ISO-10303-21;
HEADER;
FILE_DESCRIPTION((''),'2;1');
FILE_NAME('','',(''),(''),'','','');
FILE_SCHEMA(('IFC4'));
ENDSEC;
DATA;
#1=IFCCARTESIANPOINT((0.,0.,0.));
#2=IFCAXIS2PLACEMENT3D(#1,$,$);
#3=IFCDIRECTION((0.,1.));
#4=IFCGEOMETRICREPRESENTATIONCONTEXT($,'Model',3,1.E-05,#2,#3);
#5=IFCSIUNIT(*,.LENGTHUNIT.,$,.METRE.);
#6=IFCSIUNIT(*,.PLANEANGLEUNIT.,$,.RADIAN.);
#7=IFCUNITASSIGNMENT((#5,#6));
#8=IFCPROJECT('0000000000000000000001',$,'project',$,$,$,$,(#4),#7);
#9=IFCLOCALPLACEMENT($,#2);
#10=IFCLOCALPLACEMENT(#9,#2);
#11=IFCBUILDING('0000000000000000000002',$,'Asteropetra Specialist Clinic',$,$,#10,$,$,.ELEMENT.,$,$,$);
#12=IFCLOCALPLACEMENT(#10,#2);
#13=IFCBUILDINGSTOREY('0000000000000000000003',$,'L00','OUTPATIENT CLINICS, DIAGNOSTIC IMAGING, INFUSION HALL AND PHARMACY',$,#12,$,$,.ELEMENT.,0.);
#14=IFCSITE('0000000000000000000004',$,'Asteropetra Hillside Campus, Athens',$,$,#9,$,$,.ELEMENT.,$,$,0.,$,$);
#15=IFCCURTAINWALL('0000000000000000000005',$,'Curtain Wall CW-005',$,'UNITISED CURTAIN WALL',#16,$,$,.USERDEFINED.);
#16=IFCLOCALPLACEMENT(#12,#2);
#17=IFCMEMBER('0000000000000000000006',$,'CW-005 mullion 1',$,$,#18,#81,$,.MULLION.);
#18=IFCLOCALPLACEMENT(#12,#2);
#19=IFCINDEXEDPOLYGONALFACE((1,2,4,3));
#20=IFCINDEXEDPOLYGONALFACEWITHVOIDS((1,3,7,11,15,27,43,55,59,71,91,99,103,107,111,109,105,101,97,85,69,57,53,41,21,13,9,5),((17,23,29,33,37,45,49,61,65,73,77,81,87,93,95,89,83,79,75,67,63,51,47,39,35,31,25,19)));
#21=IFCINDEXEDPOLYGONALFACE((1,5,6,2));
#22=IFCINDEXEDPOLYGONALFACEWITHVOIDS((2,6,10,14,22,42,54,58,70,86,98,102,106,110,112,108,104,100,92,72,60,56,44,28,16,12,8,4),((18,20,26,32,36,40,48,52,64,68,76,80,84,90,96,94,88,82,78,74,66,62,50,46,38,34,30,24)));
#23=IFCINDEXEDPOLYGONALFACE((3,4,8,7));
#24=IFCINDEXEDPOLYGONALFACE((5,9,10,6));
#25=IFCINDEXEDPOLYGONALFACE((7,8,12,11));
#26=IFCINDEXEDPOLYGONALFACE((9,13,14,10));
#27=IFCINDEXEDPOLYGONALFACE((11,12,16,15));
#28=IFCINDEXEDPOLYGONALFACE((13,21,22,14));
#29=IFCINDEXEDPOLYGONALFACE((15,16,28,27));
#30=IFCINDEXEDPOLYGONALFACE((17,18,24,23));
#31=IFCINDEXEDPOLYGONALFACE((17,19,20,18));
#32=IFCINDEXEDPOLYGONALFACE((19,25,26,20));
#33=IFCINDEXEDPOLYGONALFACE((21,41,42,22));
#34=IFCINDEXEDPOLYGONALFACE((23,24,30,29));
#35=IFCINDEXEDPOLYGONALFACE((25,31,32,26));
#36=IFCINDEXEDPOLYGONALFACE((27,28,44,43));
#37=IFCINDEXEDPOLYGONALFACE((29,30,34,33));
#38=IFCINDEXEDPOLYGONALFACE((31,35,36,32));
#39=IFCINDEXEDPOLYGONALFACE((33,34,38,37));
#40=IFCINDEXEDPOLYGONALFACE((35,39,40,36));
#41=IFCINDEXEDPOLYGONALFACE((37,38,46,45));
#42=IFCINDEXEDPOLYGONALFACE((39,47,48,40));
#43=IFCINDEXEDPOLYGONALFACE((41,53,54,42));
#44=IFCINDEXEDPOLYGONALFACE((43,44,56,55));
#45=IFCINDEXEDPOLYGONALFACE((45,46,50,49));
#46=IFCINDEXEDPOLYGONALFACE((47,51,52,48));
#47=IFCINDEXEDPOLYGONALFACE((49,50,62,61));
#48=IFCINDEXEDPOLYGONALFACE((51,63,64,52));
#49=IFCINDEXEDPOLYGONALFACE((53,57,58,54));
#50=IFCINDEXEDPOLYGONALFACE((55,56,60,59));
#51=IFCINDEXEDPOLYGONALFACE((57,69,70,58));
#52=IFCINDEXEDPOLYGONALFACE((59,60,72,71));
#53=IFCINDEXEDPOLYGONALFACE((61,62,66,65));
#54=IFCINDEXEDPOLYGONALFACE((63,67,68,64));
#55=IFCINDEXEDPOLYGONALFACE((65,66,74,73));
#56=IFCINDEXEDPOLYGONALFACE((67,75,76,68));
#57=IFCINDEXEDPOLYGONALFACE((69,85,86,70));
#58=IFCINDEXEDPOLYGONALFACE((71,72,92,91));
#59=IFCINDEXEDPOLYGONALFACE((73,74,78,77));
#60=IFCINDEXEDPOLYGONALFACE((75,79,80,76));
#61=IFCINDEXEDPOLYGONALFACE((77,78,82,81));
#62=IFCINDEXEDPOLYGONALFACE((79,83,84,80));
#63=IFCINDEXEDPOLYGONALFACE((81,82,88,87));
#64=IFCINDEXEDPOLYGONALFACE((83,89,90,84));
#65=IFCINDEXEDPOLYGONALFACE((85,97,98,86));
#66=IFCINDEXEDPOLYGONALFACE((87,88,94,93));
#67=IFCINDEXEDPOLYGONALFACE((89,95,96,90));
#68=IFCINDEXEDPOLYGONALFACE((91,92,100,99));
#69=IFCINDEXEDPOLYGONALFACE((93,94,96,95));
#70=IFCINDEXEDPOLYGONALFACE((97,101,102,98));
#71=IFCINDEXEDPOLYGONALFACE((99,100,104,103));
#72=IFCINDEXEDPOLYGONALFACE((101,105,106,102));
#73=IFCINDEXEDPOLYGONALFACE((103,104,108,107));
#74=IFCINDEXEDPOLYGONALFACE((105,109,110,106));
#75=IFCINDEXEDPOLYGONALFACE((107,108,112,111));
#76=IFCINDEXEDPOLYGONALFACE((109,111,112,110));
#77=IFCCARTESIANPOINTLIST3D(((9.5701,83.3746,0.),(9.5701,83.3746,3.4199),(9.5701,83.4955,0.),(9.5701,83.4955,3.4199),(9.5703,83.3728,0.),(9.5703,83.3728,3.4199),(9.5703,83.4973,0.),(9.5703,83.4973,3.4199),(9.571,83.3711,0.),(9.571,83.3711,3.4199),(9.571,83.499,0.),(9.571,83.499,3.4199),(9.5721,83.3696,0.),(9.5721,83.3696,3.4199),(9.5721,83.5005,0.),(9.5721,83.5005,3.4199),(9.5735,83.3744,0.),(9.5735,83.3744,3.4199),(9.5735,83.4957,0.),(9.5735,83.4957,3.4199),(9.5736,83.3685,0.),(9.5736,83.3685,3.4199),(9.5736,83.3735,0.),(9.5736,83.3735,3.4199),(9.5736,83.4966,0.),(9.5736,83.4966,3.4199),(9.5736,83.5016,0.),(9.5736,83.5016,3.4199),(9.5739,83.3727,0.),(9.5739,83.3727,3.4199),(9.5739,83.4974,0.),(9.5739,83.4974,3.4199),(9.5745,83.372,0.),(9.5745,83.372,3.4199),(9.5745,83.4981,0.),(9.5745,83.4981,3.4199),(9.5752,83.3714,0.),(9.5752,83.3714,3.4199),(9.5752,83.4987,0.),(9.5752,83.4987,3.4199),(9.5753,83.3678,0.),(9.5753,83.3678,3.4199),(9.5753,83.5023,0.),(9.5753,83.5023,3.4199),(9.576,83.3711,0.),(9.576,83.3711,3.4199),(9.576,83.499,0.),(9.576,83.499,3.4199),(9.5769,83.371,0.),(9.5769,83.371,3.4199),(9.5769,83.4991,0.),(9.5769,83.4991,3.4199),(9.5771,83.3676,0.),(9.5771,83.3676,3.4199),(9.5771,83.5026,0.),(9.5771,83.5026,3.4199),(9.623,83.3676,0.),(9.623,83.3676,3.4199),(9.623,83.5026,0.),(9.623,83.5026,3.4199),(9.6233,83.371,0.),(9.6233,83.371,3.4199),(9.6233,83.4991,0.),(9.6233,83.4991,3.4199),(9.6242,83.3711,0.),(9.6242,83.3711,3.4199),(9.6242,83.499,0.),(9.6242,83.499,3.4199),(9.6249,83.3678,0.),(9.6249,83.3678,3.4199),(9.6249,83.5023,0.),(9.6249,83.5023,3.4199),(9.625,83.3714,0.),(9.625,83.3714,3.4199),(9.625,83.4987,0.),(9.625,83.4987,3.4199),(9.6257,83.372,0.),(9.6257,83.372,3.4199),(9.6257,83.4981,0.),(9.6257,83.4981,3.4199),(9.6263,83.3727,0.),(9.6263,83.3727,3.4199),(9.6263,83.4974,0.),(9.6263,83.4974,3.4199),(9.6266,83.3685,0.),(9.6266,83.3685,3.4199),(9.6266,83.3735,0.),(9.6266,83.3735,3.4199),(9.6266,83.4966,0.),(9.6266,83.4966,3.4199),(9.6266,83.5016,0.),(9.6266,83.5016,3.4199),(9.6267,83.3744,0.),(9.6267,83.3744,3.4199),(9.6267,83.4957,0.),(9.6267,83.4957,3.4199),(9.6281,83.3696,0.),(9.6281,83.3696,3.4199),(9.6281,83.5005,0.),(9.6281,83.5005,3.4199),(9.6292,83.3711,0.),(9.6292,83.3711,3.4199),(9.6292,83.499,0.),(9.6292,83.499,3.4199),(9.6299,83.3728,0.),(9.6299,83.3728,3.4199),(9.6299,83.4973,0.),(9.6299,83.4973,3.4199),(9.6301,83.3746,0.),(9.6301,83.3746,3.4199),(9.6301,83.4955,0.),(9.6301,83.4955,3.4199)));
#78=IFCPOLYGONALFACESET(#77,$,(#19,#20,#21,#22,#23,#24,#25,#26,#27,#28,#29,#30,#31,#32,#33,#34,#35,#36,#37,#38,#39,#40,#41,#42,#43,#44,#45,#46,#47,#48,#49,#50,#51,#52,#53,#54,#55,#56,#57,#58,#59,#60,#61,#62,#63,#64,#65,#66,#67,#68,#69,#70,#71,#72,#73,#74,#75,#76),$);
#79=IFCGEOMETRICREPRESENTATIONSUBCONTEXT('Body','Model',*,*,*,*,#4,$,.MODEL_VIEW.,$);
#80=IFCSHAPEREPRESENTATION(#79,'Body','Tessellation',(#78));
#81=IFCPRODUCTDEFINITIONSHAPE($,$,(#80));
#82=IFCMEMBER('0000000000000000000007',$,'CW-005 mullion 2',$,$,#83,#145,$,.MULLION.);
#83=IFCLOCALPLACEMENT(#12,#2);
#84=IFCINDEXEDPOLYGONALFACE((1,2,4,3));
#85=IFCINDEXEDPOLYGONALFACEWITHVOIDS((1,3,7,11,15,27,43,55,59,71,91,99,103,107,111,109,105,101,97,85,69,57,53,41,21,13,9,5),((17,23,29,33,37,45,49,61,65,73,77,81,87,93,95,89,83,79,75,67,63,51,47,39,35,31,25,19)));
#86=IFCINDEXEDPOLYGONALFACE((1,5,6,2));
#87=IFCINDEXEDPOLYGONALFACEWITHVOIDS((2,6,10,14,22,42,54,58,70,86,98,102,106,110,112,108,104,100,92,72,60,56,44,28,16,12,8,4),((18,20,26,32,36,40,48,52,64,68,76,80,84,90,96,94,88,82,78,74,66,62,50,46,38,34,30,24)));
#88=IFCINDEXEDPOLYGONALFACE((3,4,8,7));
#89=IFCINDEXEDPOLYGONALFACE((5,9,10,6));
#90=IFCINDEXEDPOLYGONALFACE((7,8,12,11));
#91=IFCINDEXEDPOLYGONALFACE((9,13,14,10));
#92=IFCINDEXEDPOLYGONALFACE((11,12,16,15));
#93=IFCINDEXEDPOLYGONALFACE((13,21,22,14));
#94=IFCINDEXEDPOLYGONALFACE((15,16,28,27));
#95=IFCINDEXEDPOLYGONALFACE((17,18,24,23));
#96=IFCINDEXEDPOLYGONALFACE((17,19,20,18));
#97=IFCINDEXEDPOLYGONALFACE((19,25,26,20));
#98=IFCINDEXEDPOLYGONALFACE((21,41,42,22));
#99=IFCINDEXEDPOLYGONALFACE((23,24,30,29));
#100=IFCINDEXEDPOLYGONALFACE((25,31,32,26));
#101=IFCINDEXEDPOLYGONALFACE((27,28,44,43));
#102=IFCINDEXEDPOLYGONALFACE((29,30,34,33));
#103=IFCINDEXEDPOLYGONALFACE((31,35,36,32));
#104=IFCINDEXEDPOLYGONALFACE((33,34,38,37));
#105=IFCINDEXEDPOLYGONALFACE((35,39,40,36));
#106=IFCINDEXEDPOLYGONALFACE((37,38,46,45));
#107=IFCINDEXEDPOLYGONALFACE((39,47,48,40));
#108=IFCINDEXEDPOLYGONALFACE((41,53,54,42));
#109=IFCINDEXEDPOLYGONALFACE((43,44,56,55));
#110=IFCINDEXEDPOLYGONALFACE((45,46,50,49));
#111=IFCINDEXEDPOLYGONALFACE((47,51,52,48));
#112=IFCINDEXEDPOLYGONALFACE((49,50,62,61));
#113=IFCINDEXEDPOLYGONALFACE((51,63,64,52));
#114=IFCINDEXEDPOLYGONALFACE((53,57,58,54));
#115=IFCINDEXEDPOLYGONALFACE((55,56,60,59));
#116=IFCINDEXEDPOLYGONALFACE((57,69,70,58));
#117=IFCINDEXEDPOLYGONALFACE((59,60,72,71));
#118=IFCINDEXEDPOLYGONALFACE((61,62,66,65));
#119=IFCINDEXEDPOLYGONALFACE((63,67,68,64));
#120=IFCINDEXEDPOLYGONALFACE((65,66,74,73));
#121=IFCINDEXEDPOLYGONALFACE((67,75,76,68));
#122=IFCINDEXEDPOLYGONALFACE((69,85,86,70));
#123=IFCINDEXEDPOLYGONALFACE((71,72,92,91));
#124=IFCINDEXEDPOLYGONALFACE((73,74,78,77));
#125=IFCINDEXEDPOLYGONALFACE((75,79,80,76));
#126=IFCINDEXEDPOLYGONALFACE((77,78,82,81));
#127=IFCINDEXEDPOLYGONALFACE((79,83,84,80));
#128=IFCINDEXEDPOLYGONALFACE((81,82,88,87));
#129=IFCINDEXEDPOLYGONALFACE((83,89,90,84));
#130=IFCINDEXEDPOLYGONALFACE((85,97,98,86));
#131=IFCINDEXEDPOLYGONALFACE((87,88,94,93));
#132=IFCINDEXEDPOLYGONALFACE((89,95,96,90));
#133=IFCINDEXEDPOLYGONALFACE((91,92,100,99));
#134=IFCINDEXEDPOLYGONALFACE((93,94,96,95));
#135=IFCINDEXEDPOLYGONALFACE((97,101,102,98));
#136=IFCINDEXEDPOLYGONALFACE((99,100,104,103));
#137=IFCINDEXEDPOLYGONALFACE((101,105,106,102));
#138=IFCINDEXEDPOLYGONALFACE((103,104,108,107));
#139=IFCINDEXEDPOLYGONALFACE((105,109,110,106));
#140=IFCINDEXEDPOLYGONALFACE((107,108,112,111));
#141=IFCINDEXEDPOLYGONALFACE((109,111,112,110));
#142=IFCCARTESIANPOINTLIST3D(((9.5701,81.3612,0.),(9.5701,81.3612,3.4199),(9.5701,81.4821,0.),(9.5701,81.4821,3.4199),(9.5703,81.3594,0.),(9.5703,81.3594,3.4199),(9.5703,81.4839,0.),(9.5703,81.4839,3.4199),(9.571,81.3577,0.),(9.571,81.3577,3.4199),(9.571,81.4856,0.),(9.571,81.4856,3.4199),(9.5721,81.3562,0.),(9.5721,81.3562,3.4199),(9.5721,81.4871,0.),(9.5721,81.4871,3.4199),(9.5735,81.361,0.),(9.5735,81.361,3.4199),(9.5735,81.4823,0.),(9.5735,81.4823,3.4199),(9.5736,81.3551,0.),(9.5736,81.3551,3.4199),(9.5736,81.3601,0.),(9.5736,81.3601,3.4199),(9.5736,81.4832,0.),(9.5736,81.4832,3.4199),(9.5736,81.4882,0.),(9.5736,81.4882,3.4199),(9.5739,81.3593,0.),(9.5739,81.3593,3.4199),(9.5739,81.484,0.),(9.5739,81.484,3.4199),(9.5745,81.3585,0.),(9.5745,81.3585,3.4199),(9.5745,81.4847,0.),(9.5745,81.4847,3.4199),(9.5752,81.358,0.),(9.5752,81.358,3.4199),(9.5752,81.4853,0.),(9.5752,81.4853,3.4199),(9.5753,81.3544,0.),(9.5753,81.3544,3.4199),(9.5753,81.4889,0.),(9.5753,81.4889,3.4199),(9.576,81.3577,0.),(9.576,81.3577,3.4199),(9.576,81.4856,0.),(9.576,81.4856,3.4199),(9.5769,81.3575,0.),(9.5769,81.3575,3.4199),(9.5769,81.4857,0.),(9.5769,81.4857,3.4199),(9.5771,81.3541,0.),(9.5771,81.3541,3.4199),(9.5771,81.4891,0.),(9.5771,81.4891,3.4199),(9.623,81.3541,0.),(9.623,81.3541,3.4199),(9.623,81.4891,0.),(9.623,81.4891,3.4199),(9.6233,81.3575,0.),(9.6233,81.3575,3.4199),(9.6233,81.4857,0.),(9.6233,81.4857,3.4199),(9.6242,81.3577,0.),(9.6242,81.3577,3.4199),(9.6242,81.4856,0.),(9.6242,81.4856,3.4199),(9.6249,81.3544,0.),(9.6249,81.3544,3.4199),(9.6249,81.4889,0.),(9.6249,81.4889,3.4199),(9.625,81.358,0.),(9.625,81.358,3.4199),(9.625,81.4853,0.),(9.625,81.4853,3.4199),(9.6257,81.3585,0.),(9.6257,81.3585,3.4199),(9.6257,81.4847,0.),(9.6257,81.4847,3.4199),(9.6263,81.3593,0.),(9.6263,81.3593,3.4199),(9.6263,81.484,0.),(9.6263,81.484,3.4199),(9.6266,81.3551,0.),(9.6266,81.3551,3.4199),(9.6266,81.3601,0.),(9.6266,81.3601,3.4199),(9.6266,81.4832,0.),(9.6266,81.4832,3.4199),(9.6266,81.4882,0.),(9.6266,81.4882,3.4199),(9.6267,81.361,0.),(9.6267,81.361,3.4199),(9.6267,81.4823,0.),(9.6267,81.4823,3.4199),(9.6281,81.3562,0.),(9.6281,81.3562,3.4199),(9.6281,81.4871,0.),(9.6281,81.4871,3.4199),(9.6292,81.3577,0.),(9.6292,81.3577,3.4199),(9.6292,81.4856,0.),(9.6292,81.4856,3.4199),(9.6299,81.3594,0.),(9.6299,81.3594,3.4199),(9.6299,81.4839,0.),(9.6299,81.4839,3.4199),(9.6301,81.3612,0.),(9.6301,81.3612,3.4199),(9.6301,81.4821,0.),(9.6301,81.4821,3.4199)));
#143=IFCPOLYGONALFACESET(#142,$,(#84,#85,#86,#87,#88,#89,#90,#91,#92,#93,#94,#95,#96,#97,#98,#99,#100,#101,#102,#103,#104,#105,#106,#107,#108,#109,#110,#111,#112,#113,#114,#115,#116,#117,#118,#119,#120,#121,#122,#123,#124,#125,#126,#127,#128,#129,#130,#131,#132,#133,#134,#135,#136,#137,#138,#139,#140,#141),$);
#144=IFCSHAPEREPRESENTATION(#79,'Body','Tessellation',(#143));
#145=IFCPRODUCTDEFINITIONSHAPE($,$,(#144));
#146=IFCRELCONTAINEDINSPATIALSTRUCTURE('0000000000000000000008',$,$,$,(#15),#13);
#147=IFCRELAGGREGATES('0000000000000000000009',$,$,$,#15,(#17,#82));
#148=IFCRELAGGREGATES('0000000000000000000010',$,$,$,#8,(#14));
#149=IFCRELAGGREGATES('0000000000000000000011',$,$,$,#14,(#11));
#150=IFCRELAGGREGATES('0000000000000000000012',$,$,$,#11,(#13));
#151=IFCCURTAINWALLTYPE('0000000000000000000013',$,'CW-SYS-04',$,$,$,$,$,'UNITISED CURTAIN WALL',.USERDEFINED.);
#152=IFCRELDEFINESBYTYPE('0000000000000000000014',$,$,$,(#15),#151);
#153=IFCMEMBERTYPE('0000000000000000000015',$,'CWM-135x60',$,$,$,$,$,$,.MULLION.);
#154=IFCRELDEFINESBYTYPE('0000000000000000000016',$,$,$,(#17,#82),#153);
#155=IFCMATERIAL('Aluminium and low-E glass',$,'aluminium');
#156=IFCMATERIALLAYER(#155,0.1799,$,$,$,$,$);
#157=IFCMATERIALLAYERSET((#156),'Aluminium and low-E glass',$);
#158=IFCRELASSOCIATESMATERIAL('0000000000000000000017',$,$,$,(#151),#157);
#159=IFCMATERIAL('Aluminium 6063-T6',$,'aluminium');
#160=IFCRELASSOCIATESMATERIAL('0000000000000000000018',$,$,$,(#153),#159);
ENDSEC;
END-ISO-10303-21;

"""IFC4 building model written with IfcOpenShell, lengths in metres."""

from ifc_helpers import new_model, si_unit, direction, frame, origin, origin_2d, place, context, subcontext, project, spatial, hollow_rectangle, extrude, material, layer, layer_set, material_profile, profile_set, type_object, element, aggregate, save


model = new_model("IFC4")

# Units and contexts
model_context = context("Model", 3, precision=1e-05, world=origin(), true_north=direction((0.0, 1.0)))
body_context = subcontext(model_context, "Body", "Model", "MODEL_VIEW")
ifc_project = project(units=[si_unit("LENGTHUNIT", "METRE"), si_unit("PLANEANGLEUNIT", "RADIAN")], contexts=[model_context])

# Site, building, storey
site_placement = place(None, origin())
site = spatial("IfcSite", under=ifc_project, at=site_placement, Name="Asteropetra Hillside Campus, Athens", CompositionType="ELEMENT", RefElevation=0.0)
building_placement = place(site_placement, origin())
building = spatial("IfcBuilding", under=site, at=building_placement, Name="Asteropetra Specialist Clinic", CompositionType="ELEMENT")
storey_placement = place(building_placement, origin())
storey = spatial("IfcBuildingStorey", under=building, at=storey_placement, Name="L00", Description="OUTPATIENT CLINICS, DIAGNOSTIC IMAGING, INFUSION HALL AND PHARMACY", CompositionType="ELEMENT", Elevation=0.0)

# Curtain wall, members
ifc_material_1 = material(Name="Aluminium and low-E glass", Category="aluminium")
ifc_layer_1 = layer(ifc_material_1, 0.1799)
ifc_layer_set_1 = layer_set([ifc_layer_1], Name="Aluminium and low-E glass")
curtain_wall_type_1 = type_object("IfcCurtainWallType", Name="CW-SYS-04", ElementType="UNITISED CURTAIN WALL", PredefinedType="USERDEFINED", material=ifc_layer_set_1)
curtain_wall_1_placement = place(storey_placement, origin())
curtain_wall_1 = element("IfcCurtainWall", 1, at=curtain_wall_1_placement, inside=storey, type_object=curtain_wall_type_1, Name="Curtain Wall CW-005", ObjectType="UNITISED CURTAIN WALL", PredefinedType="USERDEFINED")
ifc_material_2 = material(Name="Aluminium 6063-T6", Category="aluminium")
ifc_material_profile_1 = material_profile(ifc_material_2, hollow_rectangle(XDim=0.0601, YDim=0.135, WallThickness=0.0034, InnerFilletRadius=0.0034, OuterFilletRadius=0.0071, at=origin_2d()), Name="MUL 135x60x3.5")
ifc_profile_set_1 = profile_set([ifc_material_profile_1], Name="Aluminium 6063-T6")
member_type_1 = type_object("IfcMemberType", Name="CWM-135x60", PredefinedType="MULLION", material=ifc_profile_set_1)
member_1_placement = place(storey_placement, frame((9.6001, 83.4351, 0.0), z_axis=(0.0, 0.0, 1.0), x_axis=(1.0, 0.0, 0.0)))
member_1 = element("IfcMember", 2, at=member_1_placement, type_object=member_type_1, Name="CW-005 mullion 1", PredefinedType="MULLION", context=body_context, shape_type="SweptSolid", body=[
    extrude(hollow_rectangle(XDim=0.0601, YDim=0.135, WallThickness=0.0034, InnerFilletRadius=0.0034, OuterFilletRadius=0.0071, at=origin_2d()), origin(), (0.0, 0.0, 1.0), 3.4199),
])
member_2_placement = place(storey_placement, frame((9.6001, 81.4216, 0.0), z_axis=(0.0, 0.0, 1.0), x_axis=(1.0, 0.0, 0.0)))
member_2 = element("IfcMember", 3, at=member_2_placement, type_object=member_type_1, Name="CW-005 mullion 2", PredefinedType="MULLION", context=body_context, shape_type="SweptSolid", body=[
    extrude(hollow_rectangle(XDim=0.0601, YDim=0.135, WallThickness=0.0034, InnerFilletRadius=0.0034, OuterFilletRadius=0.0071, at=origin_2d()), origin(), (0.0, 0.0, 1.0), 3.4199),
])

aggregate(curtain_wall_1, [member_1, member_2])

save(model, "model.ifc")
